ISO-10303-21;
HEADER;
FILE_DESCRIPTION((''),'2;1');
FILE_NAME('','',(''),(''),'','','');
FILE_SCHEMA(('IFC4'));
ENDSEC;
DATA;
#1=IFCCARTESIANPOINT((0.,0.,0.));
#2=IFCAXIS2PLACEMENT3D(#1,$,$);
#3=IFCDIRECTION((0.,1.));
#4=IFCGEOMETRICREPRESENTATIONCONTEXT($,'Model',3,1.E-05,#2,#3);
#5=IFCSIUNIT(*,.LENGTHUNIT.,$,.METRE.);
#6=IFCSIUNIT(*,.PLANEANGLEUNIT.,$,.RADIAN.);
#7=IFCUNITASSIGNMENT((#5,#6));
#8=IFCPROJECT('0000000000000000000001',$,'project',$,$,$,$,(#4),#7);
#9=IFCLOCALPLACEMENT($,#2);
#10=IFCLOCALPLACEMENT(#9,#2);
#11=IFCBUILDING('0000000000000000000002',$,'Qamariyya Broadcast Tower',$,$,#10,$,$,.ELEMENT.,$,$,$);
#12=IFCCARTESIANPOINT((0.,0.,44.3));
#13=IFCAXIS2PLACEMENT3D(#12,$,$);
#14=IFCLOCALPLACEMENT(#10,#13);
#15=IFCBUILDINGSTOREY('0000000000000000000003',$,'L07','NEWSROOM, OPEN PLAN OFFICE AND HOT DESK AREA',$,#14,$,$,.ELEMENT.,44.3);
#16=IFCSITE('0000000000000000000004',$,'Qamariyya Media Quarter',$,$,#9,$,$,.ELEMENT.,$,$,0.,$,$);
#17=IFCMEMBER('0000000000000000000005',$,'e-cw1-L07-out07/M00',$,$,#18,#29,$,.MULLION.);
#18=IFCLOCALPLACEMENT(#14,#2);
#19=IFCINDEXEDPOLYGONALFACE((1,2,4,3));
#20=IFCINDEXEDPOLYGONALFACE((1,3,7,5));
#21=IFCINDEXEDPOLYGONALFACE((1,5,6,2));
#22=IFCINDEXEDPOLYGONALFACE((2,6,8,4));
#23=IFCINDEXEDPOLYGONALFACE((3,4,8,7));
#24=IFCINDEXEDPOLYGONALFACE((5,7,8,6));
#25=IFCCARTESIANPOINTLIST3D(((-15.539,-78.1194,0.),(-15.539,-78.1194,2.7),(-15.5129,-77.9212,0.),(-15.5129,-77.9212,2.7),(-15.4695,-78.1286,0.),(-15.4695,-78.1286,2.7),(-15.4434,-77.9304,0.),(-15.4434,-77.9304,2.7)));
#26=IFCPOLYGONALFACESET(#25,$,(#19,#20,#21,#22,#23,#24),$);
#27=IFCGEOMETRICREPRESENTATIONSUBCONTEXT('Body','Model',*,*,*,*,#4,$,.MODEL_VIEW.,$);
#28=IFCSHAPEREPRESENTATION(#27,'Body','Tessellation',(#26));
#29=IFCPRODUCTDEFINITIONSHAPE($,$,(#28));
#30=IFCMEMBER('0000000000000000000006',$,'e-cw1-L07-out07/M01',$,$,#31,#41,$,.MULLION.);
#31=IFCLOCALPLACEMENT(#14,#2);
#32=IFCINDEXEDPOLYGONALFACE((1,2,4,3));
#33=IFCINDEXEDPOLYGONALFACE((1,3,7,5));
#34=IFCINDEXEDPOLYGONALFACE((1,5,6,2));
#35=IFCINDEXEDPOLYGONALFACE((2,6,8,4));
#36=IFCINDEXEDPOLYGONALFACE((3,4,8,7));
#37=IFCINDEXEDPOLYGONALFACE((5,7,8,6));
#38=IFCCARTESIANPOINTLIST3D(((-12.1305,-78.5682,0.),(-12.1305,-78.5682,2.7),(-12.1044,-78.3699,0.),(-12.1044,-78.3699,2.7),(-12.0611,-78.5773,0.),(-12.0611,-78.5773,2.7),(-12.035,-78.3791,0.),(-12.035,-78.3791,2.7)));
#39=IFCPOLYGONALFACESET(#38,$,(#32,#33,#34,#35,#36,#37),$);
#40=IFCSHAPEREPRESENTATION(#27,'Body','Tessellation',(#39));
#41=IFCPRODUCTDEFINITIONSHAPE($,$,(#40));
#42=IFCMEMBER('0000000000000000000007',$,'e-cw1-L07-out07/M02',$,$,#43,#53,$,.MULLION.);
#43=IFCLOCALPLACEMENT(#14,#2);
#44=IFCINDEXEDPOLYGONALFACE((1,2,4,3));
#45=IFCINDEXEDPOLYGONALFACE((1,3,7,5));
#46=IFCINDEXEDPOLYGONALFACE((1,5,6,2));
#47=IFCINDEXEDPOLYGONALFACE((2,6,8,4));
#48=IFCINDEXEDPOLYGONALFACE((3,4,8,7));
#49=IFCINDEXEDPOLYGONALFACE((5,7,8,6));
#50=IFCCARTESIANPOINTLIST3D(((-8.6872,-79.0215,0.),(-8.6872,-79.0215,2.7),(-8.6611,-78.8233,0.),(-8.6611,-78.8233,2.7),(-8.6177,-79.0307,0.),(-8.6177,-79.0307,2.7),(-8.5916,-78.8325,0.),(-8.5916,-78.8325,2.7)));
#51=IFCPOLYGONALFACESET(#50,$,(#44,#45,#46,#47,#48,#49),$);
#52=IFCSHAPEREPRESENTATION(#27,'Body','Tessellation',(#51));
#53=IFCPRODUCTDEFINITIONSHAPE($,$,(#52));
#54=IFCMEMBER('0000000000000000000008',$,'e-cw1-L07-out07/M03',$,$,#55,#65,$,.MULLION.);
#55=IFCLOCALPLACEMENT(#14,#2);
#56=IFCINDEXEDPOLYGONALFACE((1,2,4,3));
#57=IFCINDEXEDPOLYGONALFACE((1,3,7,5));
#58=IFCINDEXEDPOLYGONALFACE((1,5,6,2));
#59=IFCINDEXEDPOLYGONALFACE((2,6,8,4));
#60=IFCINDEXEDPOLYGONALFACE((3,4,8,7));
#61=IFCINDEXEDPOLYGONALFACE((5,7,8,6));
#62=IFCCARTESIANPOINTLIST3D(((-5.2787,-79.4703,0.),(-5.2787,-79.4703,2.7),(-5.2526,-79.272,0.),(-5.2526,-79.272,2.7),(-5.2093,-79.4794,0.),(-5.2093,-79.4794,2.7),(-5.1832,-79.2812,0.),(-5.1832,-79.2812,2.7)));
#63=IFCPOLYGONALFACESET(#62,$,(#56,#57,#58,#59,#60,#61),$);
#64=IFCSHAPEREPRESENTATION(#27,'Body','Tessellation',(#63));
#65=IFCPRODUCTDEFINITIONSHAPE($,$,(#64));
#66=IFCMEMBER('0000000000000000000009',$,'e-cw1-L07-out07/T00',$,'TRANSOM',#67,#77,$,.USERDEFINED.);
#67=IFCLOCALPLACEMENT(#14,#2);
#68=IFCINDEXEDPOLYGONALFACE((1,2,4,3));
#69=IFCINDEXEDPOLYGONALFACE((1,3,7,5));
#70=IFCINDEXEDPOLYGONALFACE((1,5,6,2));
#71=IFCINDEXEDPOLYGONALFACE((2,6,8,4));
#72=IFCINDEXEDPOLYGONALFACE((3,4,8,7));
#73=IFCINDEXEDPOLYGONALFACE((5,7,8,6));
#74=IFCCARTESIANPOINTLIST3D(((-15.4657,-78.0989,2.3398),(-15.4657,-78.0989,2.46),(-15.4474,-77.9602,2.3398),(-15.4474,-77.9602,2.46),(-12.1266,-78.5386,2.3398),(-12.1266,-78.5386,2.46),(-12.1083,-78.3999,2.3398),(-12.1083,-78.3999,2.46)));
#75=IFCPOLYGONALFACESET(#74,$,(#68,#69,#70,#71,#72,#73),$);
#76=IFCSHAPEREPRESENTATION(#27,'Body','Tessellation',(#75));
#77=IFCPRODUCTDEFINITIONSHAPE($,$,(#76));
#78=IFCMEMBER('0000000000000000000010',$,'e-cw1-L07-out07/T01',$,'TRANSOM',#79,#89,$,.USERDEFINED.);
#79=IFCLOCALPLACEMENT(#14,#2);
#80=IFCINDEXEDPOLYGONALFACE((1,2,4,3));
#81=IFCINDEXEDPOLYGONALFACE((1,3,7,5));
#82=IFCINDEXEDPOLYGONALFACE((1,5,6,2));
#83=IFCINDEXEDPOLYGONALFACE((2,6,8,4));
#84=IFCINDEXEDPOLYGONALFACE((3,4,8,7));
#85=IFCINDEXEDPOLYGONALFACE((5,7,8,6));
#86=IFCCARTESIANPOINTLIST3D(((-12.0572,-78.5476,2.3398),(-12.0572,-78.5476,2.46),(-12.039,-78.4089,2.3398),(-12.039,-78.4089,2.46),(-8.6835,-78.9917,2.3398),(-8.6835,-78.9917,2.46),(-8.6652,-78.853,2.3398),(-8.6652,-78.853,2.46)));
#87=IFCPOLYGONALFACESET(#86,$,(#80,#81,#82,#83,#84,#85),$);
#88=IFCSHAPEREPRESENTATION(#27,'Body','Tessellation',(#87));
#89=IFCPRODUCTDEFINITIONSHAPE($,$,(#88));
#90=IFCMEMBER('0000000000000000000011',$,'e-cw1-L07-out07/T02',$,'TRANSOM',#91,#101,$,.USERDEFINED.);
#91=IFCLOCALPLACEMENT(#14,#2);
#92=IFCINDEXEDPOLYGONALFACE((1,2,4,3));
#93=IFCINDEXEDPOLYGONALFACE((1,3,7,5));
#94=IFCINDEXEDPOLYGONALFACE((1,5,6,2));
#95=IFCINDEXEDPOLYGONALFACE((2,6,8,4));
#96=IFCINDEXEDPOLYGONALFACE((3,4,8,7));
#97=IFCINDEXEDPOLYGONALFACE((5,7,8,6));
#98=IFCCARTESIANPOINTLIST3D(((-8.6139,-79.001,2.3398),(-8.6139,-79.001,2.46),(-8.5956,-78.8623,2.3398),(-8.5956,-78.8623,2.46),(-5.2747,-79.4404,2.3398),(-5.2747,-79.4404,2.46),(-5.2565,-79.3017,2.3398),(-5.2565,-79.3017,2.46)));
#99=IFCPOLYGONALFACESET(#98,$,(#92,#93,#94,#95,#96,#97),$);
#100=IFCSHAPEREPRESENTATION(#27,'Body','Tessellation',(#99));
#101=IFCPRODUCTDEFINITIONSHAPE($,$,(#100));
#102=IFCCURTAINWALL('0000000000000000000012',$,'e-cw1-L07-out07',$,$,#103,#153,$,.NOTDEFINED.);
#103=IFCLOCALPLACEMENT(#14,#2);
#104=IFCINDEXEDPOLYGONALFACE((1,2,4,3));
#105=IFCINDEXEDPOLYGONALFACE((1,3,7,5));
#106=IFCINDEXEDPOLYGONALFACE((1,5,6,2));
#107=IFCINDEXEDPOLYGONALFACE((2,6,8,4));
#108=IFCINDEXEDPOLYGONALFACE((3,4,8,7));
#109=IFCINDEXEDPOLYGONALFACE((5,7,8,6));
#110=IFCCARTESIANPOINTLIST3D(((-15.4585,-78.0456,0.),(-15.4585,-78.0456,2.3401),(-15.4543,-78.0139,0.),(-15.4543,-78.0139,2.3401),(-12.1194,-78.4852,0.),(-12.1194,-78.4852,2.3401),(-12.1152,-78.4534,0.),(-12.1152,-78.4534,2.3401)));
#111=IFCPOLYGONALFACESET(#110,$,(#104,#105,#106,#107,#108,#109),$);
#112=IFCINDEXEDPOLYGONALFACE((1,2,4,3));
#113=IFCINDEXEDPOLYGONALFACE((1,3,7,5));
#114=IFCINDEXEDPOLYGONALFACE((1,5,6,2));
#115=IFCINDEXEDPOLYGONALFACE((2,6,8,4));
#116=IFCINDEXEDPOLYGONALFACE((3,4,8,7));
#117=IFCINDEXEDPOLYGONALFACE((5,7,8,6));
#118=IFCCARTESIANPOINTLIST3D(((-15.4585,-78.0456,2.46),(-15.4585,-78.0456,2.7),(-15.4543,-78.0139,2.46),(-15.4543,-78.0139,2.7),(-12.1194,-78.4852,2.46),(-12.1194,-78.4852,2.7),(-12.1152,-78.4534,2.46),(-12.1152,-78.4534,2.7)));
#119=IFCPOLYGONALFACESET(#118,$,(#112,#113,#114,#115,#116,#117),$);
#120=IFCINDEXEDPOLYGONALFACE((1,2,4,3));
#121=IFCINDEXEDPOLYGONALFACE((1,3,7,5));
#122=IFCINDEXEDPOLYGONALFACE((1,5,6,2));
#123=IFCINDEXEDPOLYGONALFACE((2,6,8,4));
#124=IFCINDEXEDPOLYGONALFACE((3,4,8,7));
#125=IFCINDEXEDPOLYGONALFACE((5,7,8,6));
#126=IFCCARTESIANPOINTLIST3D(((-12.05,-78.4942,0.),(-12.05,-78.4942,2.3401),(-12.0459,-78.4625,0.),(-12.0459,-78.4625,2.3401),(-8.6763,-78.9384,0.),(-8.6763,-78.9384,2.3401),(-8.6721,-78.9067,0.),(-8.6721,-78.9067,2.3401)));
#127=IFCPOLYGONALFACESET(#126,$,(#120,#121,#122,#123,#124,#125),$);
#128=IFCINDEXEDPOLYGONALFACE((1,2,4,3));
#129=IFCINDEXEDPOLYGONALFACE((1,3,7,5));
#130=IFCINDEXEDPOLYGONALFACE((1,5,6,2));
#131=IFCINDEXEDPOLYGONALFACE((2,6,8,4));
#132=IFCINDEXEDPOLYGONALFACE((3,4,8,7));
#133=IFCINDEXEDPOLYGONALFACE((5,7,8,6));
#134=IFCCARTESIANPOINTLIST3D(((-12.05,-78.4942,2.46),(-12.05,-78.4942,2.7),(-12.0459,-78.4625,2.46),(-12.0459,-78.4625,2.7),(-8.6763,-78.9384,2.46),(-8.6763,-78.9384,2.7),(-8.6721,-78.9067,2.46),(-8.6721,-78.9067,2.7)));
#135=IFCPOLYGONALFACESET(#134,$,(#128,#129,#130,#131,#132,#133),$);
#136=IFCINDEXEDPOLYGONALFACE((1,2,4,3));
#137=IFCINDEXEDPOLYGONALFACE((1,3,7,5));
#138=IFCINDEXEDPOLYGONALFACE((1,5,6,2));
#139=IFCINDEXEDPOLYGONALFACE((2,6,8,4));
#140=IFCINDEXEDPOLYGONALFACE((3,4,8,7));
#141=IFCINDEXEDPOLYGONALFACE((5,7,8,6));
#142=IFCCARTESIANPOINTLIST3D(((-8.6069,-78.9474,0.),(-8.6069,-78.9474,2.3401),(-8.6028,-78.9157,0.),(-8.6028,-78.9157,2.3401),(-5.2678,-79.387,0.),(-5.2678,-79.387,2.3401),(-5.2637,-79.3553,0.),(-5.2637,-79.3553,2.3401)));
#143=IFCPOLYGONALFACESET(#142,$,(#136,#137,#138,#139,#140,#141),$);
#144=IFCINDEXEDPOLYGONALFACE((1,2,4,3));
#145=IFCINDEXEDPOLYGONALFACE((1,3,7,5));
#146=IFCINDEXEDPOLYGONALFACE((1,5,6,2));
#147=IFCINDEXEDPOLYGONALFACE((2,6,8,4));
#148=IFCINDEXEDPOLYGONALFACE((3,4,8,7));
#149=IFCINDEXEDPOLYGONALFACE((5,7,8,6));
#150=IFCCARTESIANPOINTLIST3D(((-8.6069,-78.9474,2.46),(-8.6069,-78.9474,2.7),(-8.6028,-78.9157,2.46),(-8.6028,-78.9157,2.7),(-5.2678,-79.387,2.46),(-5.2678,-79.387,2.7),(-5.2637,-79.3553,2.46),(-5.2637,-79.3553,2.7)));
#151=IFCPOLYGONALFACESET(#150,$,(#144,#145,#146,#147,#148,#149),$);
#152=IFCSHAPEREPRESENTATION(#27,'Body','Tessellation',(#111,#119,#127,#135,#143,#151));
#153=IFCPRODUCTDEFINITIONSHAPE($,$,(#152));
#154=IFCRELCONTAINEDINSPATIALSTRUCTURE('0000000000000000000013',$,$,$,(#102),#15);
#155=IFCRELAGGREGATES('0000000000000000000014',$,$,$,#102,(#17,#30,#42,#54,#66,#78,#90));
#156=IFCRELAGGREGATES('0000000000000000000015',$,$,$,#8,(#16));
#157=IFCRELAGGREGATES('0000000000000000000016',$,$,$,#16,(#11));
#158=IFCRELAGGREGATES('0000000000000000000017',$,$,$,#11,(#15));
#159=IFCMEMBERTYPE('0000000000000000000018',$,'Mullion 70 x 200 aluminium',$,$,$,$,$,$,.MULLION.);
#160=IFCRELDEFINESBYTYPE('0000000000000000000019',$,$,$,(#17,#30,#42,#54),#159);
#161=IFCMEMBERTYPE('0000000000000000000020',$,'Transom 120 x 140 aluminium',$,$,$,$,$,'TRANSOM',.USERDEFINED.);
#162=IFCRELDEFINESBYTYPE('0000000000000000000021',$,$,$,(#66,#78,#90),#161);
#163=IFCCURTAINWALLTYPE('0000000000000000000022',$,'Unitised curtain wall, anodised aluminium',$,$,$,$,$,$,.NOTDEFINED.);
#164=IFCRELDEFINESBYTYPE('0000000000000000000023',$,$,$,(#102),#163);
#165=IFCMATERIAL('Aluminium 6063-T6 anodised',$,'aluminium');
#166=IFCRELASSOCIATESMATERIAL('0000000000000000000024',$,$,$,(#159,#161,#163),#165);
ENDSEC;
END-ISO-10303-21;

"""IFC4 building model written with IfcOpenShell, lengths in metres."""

from ifc_helpers import new_model, si_unit, direction, frame, origin, origin_2d, place, context, subcontext, project, spatial, rectangle, extrude, material, material_profile, profile_set, type_object, element, aggregate, save


model = new_model("IFC4")

# Units and contexts
model_context = context("Model", 3, precision=1e-05, world=origin(), true_north=direction((0.0, 1.0)))
body_context = subcontext(model_context, "Body", "Model", "MODEL_VIEW")
ifc_project = project(units=[si_unit("LENGTHUNIT", "METRE"), si_unit("PLANEANGLEUNIT", "RADIAN")], contexts=[model_context])

# Members
ifc_material = material(Name="Aluminium 6063-T6 anodised", Category="aluminium")
ifc_material_profile_1 = material_profile(ifc_material, rectangle(XDim=0.2, YDim=0.0701, at=origin_2d()))
ifc_profile_set_1 = profile_set([ifc_material_profile_1], Name="Aluminium 6063-T6 anodised")
member_type_1 = type_object("IfcMemberType", Name="Mullion 70 x 200 aluminium", PredefinedType="MULLION", material=ifc_profile_set_1)
site_placement = place(None, origin())
building_placement = place(site_placement, origin())
storey_placement = place(building_placement, frame((0.0, 0.0, 44.3)))
member_1_placement = place(storey_placement, frame((-15.4912, -78.0249, 0.0), z_axis=(0.0, 0.0, 1.0), x_axis=(0.130526, 0.991445, 0.0)))
member_1 = element("IfcMember", 1, at=member_1_placement, type_object=member_type_1, Name="e-cw1-L07-out07/M00", PredefinedType="MULLION", context=body_context, shape_type="SweptSolid", body=[
    extrude(rectangle(XDim=0.2, YDim=0.0701, at=origin_2d()), origin(), (0.0, 0.0, 1.0), 2.7),
])
member_2_placement = place(storey_placement, frame((-12.0828, -78.4736, 0.0), z_axis=(0.0, 0.0, 1.0), x_axis=(0.130526, 0.991445, 0.0)))
member_2 = element("IfcMember", 2, at=member_2_placement, type_object=member_type_1, Name="e-cw1-L07-out07/M01", PredefinedType="MULLION", context=body_context, shape_type="SweptSolid", body=[
    extrude(rectangle(XDim=0.2, YDim=0.0701, at=origin_2d()), origin(), (0.0, 0.0, 1.0), 2.7),
])
member_3_placement = place(storey_placement, frame((-8.6394, -78.927, 0.0), z_axis=(0.0, 0.0, 1.0), x_axis=(0.130526, 0.991445, 0.0)))
member_3 = element("IfcMember", 3, at=member_3_placement, type_object=member_type_1, Name="e-cw1-L07-out07/M02", PredefinedType="MULLION", context=body_context, shape_type="SweptSolid", body=[
    extrude(rectangle(XDim=0.2, YDim=0.0701, at=origin_2d()), origin(), (0.0, 0.0, 1.0), 2.7),
])
member_4_placement = place(storey_placement, frame((-5.231, -79.3757, 0.0), z_axis=(0.0, 0.0, 1.0), x_axis=(0.130526, 0.991445, 0.0)))
member_4 = element("IfcMember", 4, at=member_4_placement, type_object=member_type_1, Name="e-cw1-L07-out07/M03", PredefinedType="MULLION", context=body_context, shape_type="SweptSolid", body=[
    extrude(rectangle(XDim=0.2, YDim=0.0701, at=origin_2d()), origin(), (0.0, 0.0, 1.0), 2.7),
])
ifc_material_profile_2 = material_profile(ifc_material, rectangle(XDim=0.1399, YDim=0.1201, at=origin_2d()))
ifc_profile_set_2 = profile_set([ifc_material_profile_2], Name="Aluminium 6063-T6 anodised")
member_type_2 = type_object("IfcMemberType", Name="Transom 120 x 140 aluminium", ElementType="TRANSOM", PredefinedType="USERDEFINED", material=ifc_profile_set_2)
member_5_placement = place(storey_placement, frame((-15.4565, -78.0295, 2.3999), z_axis=(0.991441, -0.130554, 0.0), x_axis=(0.130554, 0.991441, 0.0)))
member_5 = element("IfcMember", 5, at=member_5_placement, type_object=member_type_2, Name="e-cw1-L07-out07/T00", ObjectType="TRANSOM", PredefinedType="USERDEFINED", context=body_context, shape_type="SweptSolid", body=[
    extrude(rectangle(XDim=0.1399, YDim=0.1201, at=origin_2d()), origin(), (0.0, 0.0, 1.0), 3.3679),
])
member_6_placement = place(storey_placement, frame((-12.0481, -78.4783, 2.3999), z_axis=(0.991448, -0.130505, 0.0), x_axis=(0.130505, 0.991448, 0.0)))
member_6 = element("IfcMember", 6, at=member_6_placement, type_object=member_type_2, Name="e-cw1-L07-out07/T01", ObjectType="TRANSOM", PredefinedType="USERDEFINED", context=body_context, shape_type="SweptSolid", body=[
    extrude(rectangle(XDim=0.1399, YDim=0.1201, at=origin_2d()), origin(), (0.0, 0.0, 1.0), 3.4028),
])
member_7_placement = place(storey_placement, frame((-8.6047, -78.9316, 2.3999), z_axis=(0.991451, -0.130483, 0.0), x_axis=(0.130483, 0.991451, 0.0)))
member_7 = element("IfcMember", 7, at=member_7_placement, type_object=member_type_2, Name="e-cw1-L07-out07/T02", ObjectType="TRANSOM", PredefinedType="USERDEFINED", context=body_context, shape_type="SweptSolid", body=[
    extrude(rectangle(XDim=0.1399, YDim=0.1201, at=origin_2d()), origin(), (0.0, 0.0, 1.0), 3.3679),
])

# Site, building, storey
site = spatial("IfcSite", under=ifc_project, at=site_placement, Name="Qamariyya Media Quarter", CompositionType="ELEMENT", RefElevation=0.0)
building = spatial("IfcBuilding", under=site, at=building_placement, Name="Qamariyya Broadcast Tower", CompositionType="ELEMENT")
storey = spatial("IfcBuildingStorey", under=building, at=storey_placement, Name="L07", Description="NEWSROOM, OPEN PLAN OFFICE AND HOT DESK AREA", CompositionType="ELEMENT", Elevation=44.3)

# Curtain wall
curtain_wall_type = type_object("IfcCurtainWallType", Name="Unitised curtain wall, anodised aluminium", PredefinedType="NOTDEFINED", material=ifc_material)
curtain_wall_1_placement = place(storey_placement, origin())
curtain_wall_1 = element("IfcCurtainWall", 8, at=curtain_wall_1_placement, inside=storey, type_object=curtain_wall_type, Name="e-cw1-L07-out07", PredefinedType="NOTDEFINED", context=body_context, shape_type="SweptSolid", body=[
    extrude(rectangle(XDim=3.3679, YDim=0.032, at=origin_2d()), frame((-13.7869, -78.2495, 0.0), x_axis=(0.991446, -0.130521, 0.0)), (0.0, 0.0, 1.0), 2.3401),
    extrude(rectangle(XDim=3.3679, YDim=0.032, at=origin_2d()), frame((-13.7869, -78.2495, 2.46), x_axis=(0.991446, -0.130521, 0.0)), (0.0, 0.0, 1.0), 0.24),
    extrude(rectangle(XDim=3.4028, YDim=0.032, at=origin_2d()), frame((-10.3611, -78.7004, 0.0), x_axis=(0.991446, -0.130521, 0.0)), (0.0, 0.0, 1.0), 2.3401),
    extrude(rectangle(XDim=3.4028, YDim=0.032, at=origin_2d()), frame((-10.3611, -78.7004, 2.46), x_axis=(0.991446, -0.130521, 0.0)), (0.0, 0.0, 1.0), 0.24),
    extrude(rectangle(XDim=3.3679, YDim=0.032, at=origin_2d()), frame((-6.9353, -79.1514, 0.0), x_axis=(0.991446, -0.130521, 0.0)), (0.0, 0.0, 1.0), 2.3401),
    extrude(rectangle(XDim=3.3679, YDim=0.032, at=origin_2d()), frame((-6.9353, -79.1514, 2.46), x_axis=(0.991446, -0.130521, 0.0)), (0.0, 0.0, 1.0), 0.24),
])
aggregate(curtain_wall_1, [member_1, member_2, member_3, member_4, member_5, member_6, member_7])

save(model, "model.ifc")
